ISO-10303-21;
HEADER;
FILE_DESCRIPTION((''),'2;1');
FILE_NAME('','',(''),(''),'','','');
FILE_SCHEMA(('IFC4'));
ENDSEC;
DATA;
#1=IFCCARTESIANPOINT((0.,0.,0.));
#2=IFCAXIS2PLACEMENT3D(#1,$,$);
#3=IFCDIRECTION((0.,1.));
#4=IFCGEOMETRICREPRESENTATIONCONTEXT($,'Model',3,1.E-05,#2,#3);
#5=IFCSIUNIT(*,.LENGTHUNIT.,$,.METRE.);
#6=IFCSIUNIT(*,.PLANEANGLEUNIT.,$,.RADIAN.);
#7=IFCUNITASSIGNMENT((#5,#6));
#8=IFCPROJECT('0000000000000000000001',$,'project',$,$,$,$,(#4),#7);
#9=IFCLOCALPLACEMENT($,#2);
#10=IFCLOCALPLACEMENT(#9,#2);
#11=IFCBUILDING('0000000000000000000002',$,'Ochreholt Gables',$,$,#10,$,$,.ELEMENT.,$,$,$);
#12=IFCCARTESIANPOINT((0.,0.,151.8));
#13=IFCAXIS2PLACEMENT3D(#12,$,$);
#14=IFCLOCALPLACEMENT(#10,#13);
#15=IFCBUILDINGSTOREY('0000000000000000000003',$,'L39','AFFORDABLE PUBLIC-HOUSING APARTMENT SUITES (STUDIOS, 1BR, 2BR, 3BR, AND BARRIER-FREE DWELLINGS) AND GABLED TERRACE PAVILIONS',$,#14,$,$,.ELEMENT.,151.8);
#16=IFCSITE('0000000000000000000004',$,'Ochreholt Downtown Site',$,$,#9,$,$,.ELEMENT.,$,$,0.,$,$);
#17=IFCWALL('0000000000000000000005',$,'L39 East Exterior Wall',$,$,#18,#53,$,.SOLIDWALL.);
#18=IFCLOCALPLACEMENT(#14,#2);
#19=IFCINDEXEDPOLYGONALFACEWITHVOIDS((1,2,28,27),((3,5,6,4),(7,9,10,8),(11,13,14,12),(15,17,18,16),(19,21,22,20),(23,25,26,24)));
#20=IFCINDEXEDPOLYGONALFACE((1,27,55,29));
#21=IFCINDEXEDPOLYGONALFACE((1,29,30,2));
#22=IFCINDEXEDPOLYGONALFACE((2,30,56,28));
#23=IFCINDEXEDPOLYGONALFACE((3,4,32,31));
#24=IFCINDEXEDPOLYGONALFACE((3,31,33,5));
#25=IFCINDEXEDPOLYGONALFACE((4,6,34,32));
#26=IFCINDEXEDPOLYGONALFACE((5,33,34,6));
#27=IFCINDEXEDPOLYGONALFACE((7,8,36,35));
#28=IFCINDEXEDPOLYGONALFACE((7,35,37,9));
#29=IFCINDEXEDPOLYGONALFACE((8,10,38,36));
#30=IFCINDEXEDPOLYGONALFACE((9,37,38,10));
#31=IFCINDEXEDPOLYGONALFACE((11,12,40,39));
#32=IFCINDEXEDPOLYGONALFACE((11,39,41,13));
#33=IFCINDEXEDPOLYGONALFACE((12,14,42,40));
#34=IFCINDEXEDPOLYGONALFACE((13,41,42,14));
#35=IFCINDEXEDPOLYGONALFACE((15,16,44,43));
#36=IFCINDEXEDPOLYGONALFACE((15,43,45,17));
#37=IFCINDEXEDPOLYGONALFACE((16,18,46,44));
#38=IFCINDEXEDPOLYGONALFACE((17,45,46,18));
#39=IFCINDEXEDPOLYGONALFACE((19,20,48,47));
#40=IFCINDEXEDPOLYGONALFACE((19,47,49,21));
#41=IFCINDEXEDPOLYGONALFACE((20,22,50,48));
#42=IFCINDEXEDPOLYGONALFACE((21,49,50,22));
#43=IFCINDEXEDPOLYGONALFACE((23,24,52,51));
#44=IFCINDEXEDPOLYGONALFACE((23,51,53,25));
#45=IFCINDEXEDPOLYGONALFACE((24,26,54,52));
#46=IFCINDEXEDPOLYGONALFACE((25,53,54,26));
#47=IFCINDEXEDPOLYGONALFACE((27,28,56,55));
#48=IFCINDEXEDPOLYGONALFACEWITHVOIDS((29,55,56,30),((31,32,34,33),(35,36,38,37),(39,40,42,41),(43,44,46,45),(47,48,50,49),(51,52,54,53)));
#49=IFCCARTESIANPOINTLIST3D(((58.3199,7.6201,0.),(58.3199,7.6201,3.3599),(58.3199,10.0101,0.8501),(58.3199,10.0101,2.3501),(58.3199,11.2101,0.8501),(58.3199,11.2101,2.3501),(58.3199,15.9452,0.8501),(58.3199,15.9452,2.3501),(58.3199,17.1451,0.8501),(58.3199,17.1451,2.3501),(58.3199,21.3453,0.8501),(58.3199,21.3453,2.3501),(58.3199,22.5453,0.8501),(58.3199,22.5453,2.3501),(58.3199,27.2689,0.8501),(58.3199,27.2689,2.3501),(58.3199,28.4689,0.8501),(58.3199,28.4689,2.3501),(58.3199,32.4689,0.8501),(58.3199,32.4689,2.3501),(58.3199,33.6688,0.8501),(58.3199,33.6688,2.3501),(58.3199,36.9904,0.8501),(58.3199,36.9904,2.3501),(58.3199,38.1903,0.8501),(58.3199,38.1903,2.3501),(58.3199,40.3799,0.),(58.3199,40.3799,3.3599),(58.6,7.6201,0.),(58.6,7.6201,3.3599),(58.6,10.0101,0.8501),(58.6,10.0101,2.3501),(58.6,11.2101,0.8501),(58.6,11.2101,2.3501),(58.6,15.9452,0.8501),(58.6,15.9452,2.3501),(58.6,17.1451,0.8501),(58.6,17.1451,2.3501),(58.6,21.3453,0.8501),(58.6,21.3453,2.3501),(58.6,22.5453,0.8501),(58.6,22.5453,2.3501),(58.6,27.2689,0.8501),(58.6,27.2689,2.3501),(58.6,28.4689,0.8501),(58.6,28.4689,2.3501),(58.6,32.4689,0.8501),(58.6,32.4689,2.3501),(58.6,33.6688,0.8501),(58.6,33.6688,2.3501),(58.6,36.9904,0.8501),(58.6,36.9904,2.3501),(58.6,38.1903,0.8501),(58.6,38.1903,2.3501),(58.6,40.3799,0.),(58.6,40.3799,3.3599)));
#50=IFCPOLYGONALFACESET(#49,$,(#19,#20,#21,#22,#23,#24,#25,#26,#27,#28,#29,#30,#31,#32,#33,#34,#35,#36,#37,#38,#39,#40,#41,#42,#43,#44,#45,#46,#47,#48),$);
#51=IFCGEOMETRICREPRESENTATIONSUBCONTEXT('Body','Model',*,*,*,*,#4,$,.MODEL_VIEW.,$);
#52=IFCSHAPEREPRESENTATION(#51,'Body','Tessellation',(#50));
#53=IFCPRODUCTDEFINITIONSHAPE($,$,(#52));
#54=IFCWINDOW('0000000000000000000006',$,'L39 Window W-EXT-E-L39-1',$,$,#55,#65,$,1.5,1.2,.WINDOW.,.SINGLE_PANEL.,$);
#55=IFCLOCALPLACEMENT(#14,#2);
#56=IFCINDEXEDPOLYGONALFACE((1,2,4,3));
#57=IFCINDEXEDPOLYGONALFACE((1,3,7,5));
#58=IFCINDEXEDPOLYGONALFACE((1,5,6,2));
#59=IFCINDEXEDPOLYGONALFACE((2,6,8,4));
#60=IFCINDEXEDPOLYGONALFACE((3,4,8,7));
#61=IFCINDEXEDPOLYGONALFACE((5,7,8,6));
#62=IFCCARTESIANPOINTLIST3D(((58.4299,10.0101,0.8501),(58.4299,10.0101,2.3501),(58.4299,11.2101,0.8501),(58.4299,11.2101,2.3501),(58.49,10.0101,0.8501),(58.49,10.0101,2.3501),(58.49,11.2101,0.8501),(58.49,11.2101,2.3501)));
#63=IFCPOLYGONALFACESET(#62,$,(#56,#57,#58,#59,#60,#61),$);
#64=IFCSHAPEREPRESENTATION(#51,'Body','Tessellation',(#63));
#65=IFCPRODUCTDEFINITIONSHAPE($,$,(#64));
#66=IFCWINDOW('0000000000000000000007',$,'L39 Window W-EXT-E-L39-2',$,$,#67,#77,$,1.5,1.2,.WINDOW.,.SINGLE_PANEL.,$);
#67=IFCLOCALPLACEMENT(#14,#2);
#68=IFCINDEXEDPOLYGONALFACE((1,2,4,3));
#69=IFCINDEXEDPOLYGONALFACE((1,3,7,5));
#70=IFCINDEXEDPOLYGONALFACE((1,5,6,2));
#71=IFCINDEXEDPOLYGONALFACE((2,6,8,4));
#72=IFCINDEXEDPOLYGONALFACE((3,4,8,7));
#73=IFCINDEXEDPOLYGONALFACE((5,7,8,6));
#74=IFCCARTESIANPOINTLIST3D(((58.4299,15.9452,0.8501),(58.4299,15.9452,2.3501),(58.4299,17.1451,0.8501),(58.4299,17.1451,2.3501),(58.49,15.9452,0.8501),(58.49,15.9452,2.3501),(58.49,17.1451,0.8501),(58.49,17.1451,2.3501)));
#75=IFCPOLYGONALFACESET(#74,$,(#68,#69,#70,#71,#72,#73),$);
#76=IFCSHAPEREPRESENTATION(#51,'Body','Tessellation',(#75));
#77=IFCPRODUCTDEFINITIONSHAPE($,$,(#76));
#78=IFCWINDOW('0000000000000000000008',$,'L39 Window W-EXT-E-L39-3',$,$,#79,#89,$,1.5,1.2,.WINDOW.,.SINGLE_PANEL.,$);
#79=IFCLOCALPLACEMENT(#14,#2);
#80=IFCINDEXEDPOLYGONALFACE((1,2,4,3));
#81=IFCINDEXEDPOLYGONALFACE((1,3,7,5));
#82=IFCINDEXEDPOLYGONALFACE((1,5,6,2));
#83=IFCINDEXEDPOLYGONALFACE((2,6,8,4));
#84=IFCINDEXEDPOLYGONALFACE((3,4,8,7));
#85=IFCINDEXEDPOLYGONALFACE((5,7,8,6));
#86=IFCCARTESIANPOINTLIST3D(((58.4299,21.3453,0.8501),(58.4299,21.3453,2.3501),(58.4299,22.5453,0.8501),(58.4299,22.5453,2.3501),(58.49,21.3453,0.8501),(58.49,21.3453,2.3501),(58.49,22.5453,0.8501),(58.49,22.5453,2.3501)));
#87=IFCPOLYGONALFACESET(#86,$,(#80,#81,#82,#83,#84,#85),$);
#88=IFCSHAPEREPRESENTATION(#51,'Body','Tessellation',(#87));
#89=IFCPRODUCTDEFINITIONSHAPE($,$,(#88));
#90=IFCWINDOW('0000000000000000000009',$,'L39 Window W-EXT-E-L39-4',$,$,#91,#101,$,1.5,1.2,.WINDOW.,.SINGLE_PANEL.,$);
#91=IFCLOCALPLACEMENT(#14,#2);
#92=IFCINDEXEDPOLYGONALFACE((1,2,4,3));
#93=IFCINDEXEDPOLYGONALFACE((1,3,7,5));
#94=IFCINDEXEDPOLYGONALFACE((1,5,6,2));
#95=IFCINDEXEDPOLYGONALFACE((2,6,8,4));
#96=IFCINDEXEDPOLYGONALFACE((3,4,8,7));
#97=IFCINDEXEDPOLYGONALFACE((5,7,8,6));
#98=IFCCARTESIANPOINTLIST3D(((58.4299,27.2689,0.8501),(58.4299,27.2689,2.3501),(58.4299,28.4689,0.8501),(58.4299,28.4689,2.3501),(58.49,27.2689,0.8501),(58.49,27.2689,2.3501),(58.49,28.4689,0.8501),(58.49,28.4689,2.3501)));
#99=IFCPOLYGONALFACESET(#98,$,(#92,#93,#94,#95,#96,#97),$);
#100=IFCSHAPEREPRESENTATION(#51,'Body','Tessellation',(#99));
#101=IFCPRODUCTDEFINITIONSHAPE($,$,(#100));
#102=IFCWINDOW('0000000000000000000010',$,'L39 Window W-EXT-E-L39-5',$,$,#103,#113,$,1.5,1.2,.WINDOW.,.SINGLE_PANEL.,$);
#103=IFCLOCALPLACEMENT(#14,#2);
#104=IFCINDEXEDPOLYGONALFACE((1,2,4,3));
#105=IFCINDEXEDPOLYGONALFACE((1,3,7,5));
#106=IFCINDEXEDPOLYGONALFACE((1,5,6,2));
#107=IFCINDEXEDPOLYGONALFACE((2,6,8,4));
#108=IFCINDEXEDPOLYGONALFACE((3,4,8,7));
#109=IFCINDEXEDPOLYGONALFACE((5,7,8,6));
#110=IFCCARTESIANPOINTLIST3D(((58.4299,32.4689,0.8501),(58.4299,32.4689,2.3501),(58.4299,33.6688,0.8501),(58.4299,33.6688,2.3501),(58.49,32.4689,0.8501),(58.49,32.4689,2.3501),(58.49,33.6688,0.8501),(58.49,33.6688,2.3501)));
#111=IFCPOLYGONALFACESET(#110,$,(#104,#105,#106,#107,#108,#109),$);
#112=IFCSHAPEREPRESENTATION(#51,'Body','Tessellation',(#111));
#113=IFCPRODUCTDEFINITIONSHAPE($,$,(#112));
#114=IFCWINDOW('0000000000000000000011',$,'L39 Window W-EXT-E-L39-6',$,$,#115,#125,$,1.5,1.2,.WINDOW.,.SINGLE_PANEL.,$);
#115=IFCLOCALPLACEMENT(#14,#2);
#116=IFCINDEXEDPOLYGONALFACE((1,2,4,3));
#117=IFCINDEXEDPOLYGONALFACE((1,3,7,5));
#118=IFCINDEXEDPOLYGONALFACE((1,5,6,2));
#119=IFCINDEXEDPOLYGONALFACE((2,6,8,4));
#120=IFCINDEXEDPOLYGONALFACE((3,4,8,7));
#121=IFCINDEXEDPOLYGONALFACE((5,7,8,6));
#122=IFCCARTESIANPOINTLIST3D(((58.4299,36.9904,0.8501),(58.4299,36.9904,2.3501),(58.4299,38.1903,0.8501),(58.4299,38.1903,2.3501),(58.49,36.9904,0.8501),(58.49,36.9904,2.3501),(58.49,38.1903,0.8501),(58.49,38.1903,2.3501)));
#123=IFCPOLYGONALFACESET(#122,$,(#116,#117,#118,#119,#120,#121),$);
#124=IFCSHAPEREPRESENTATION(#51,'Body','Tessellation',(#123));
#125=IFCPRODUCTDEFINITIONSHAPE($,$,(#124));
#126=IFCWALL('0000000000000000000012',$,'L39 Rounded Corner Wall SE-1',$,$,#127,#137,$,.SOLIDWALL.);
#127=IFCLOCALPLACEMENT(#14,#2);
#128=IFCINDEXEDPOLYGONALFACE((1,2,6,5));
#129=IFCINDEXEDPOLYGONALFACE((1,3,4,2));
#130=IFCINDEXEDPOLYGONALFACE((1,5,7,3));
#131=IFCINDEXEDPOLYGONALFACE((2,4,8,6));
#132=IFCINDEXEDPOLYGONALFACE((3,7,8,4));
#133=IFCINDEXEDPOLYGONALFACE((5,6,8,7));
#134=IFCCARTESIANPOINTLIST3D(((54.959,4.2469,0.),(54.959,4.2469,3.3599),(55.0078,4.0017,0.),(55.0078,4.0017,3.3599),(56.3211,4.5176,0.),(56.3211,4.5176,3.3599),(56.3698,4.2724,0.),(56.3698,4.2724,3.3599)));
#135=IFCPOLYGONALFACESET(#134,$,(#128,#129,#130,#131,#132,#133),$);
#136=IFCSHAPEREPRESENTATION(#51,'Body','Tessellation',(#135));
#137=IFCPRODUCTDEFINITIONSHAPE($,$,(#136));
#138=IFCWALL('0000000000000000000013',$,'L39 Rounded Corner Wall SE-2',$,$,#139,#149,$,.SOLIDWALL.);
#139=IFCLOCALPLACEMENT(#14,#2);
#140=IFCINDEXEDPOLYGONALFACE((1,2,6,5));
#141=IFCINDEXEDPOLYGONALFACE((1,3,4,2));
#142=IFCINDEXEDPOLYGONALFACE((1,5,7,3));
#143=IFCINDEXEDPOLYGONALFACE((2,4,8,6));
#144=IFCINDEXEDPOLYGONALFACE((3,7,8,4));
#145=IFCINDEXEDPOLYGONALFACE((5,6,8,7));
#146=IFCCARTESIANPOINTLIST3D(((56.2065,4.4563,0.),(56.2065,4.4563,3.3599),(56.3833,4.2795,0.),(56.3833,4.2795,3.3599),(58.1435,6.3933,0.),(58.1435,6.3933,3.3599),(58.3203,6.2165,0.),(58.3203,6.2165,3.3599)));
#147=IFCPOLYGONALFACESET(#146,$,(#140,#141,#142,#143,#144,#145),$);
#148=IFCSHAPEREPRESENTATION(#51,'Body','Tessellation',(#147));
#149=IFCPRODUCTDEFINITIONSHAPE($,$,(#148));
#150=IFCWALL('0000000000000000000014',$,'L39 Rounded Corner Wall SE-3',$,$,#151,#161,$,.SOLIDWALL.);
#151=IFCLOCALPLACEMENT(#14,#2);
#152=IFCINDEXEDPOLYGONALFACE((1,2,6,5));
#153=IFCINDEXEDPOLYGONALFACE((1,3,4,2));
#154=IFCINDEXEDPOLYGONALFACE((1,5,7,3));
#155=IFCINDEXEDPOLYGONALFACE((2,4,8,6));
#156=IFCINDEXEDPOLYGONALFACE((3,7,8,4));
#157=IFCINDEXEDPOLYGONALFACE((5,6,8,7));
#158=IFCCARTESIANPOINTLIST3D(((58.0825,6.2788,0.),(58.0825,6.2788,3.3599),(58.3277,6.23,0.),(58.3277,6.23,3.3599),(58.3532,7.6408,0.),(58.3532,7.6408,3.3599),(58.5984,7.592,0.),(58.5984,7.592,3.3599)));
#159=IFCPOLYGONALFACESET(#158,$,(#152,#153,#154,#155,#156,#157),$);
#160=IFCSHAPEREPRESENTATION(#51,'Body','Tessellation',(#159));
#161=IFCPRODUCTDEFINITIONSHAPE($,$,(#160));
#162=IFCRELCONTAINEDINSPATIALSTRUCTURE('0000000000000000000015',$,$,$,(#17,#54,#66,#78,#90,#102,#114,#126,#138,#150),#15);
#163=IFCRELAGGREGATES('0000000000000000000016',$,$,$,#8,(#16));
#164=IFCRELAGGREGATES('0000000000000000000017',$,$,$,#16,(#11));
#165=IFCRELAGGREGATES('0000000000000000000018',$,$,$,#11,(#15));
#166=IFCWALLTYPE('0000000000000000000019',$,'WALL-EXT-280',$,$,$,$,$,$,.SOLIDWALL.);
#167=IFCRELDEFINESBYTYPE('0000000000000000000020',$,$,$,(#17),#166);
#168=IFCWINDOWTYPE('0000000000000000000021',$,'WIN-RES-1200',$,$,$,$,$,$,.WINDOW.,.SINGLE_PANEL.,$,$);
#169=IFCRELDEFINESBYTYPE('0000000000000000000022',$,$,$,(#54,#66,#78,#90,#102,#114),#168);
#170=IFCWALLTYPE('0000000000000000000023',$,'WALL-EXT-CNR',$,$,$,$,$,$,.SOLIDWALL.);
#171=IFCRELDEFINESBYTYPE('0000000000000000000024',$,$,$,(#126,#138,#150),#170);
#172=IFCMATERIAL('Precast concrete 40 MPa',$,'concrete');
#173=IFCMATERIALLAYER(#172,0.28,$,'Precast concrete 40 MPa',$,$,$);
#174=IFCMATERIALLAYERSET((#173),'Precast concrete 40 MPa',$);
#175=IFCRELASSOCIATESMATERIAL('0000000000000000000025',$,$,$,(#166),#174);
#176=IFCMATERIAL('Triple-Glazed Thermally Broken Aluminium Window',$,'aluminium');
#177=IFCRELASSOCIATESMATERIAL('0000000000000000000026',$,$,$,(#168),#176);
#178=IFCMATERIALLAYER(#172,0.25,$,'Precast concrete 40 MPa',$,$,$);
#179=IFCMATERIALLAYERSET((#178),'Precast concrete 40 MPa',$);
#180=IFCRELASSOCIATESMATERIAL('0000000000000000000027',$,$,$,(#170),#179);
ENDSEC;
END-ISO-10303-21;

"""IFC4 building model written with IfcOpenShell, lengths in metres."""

from ifc_helpers import new_model, si_unit, direction, frame, frame_2d, origin, place, context, subcontext, project, spatial, rectangle, extrude, material, layer, layer_set, type_object, element, fill, save


model = new_model("IFC4")

# Units and contexts
model_context = context("Model", 3, precision=1e-05, world=origin(), true_north=direction((0.0, 1.0)))
body_context = subcontext(model_context, "Body", "Model", "MODEL_VIEW")
ifc_project = project(units=[si_unit("LENGTHUNIT", "METRE"), si_unit("PLANEANGLEUNIT", "RADIAN")], contexts=[model_context])

# Site, building, storey
site_placement = place(None, origin())
site = spatial("IfcSite", under=ifc_project, at=site_placement, Name="Ochreholt Downtown Site", CompositionType="ELEMENT", RefElevation=0.0)
building_placement = place(site_placement, origin())
building = spatial("IfcBuilding", under=site, at=building_placement, Name="Ochreholt Gables", CompositionType="ELEMENT")
storey_placement = place(building_placement, frame((0.0, 0.0, 151.8)))
storey = spatial("IfcBuildingStorey", under=building, at=storey_placement, Name="L39", Description="AFFORDABLE PUBLIC-HOUSING APARTMENT SUITES (STUDIOS, 1BR, 2BR, 3BR, AND BARRIER-FREE DWELLINGS) AND GABLED TERRACE PAVILIONS", CompositionType="ELEMENT", Elevation=151.8)

# Wall, openings, windows
ifc_material_1 = material(Name="Precast concrete 40 MPa", Category="concrete")
ifc_layer_1 = layer(ifc_material_1, 0.28, Name="Precast concrete 40 MPa")
ifc_layer_set_1 = layer_set([ifc_layer_1], Name="Precast concrete 40 MPa")
wall_type_1 = type_object("IfcWallType", Name="WALL-EXT-280", PredefinedType="SOLIDWALL", material=ifc_layer_set_1)
wall_1_placement = place(storey_placement, frame((58.46, 7.6201, 0.0), z_axis=(0.0, 0.0, 1.0), x_axis=(0.0, 1.0, 0.0)))
wall_1 = element("IfcWall", 1, at=wall_1_placement, inside=storey, type_object=wall_type_1, Name="L39 East Exterior Wall", PredefinedType="SOLIDWALL", context=body_context, shape_type="SweptSolid", body=[
    extrude(rectangle(XDim=32.7598, YDim=0.28, at=frame_2d((16.3799, 0.0))), origin(), (0.0, 0.0, 1.0), 3.3599),
])
opening_1_placement = place(wall_1_placement, frame((2.3899, 0.0, 0.8501)))
opening_1 = element("IfcOpeningElement", 2, at=opening_1_placement, cuts=wall_1, PredefinedType="OPENING", context=body_context, shape_type="SweptSolid", body=[
    extrude(rectangle(XDim=1.2, YDim=1.5, at=frame_2d((0.6001, 0.75))), frame((0.0, 0.1499, 0.0), z_axis=(0.0, -1.0, 0.0), x_axis=(1.0, 0.0, 0.0)), (0.0, 0.0, 1.0), 0.3),
])
opening_2_placement = place(wall_1_placement, frame((8.325, 0.0, 0.8501)))
opening_2 = element("IfcOpeningElement", 3, at=opening_2_placement, cuts=wall_1, PredefinedType="OPENING", context=body_context, shape_type="SweptSolid", body=[
    extrude(rectangle(XDim=1.2, YDim=1.5, at=frame_2d((0.6001, 0.75))), frame((0.0, 0.1499, 0.0), z_axis=(0.0, -1.0, 0.0), x_axis=(1.0, 0.0, 0.0)), (0.0, 0.0, 1.0), 0.3),
])
opening_3_placement = place(wall_1_placement, frame((13.7251, 0.0, 0.8501)))
opening_3 = element("IfcOpeningElement", 4, at=opening_3_placement, cuts=wall_1, PredefinedType="OPENING", context=body_context, shape_type="SweptSolid", body=[
    extrude(rectangle(XDim=1.2, YDim=1.5, at=frame_2d((0.6001, 0.75))), frame((0.0, 0.1499, 0.0), z_axis=(0.0, -1.0, 0.0), x_axis=(1.0, 0.0, 0.0)), (0.0, 0.0, 1.0), 0.3),
])
opening_4_placement = place(wall_1_placement, frame((19.6487, 0.0, 0.8501)))
opening_4 = element("IfcOpeningElement", 5, at=opening_4_placement, cuts=wall_1, PredefinedType="OPENING", context=body_context, shape_type="SweptSolid", body=[
    extrude(rectangle(XDim=1.2, YDim=1.5, at=frame_2d((0.6001, 0.75))), frame((0.0, 0.1499, 0.0), z_axis=(0.0, -1.0, 0.0), x_axis=(1.0, 0.0, 0.0)), (0.0, 0.0, 1.0), 0.3),
])
opening_5_placement = place(wall_1_placement, frame((24.8486, 0.0, 0.8501)))
opening_5 = element("IfcOpeningElement", 6, at=opening_5_placement, cuts=wall_1, PredefinedType="OPENING", context=body_context, shape_type="SweptSolid", body=[
    extrude(rectangle(XDim=1.2, YDim=1.5, at=frame_2d((0.6001, 0.75))), frame((0.0, 0.1499, 0.0), z_axis=(0.0, -1.0, 0.0), x_axis=(1.0, 0.0, 0.0)), (0.0, 0.0, 1.0), 0.3),
])
opening_6_placement = place(wall_1_placement, frame((29.3701, 0.0, 0.8501)))
opening_6 = element("IfcOpeningElement", 7, at=opening_6_placement, cuts=wall_1, PredefinedType="OPENING", context=body_context, shape_type="SweptSolid", body=[
    extrude(rectangle(XDim=1.2, YDim=1.5, at=frame_2d((0.6001, 0.75))), frame((0.0, 0.1499, 0.0), z_axis=(0.0, -1.0, 0.0), x_axis=(1.0, 0.0, 0.0)), (0.0, 0.0, 1.0), 0.3),
])
ifc_material_2 = material(Name="Triple-Glazed Thermally Broken Aluminium Window", Category="aluminium")
window_type = type_object("IfcWindowType", Name="WIN-RES-1200", PartitioningType="SINGLE_PANEL", PredefinedType="WINDOW", material=ifc_material_2)
window_1_placement = place(opening_1_placement, origin())
window_1 = element("IfcWindow", 8, at=window_1_placement, inside=storey, type_object=window_type, Name="L39 Window W-EXT-E-L39-1", OverallHeight=1.5, OverallWidth=1.2, PartitioningType="SINGLE_PANEL", PredefinedType="WINDOW", context=body_context, shape_type="SweptSolid", body=[
    extrude(rectangle(XDim=1.2, YDim=1.5, at=frame_2d((0.6001, 0.75))), frame((0.0, 0.03, 0.0), z_axis=(0.0, -1.0, 0.0), x_axis=(1.0, 0.0, 0.0)), (0.0, 0.0, 1.0), 0.0601),
])
fill(opening_1, window_1)
window_2_placement = place(opening_2_placement, origin())
window_2 = element("IfcWindow", 9, at=window_2_placement, inside=storey, type_object=window_type, Name="L39 Window W-EXT-E-L39-2", OverallHeight=1.5, OverallWidth=1.2, PartitioningType="SINGLE_PANEL", PredefinedType="WINDOW", context=body_context, shape_type="SweptSolid", body=[
    extrude(rectangle(XDim=1.2, YDim=1.5, at=frame_2d((0.6001, 0.75))), frame((0.0, 0.03, 0.0), z_axis=(0.0, -1.0, 0.0), x_axis=(1.0, 0.0, 0.0)), (0.0, 0.0, 1.0), 0.0601),
])
fill(opening_2, window_2)
window_3_placement = place(opening_3_placement, origin())
window_3 = element("IfcWindow", 10, at=window_3_placement, inside=storey, type_object=window_type, Name="L39 Window W-EXT-E-L39-3", OverallHeight=1.5, OverallWidth=1.2, PartitioningType="SINGLE_PANEL", PredefinedType="WINDOW", context=body_context, shape_type="SweptSolid", body=[
    extrude(rectangle(XDim=1.2, YDim=1.5, at=frame_2d((0.6001, 0.75))), frame((0.0, 0.03, 0.0), z_axis=(0.0, -1.0, 0.0), x_axis=(1.0, 0.0, 0.0)), (0.0, 0.0, 1.0), 0.0601),
])
fill(opening_3, window_3)
window_4_placement = place(opening_4_placement, origin())
window_4 = element("IfcWindow", 11, at=window_4_placement, inside=storey, type_object=window_type, Name="L39 Window W-EXT-E-L39-4", OverallHeight=1.5, OverallWidth=1.2, PartitioningType="SINGLE_PANEL", PredefinedType="WINDOW", context=body_context, shape_type="SweptSolid", body=[
    extrude(rectangle(XDim=1.2, YDim=1.5, at=frame_2d((0.6001, 0.75))), frame((0.0, 0.03, 0.0), z_axis=(0.0, -1.0, 0.0), x_axis=(1.0, 0.0, 0.0)), (0.0, 0.0, 1.0), 0.0601),
])
fill(opening_4, window_4)
window_5_placement = place(opening_5_placement, origin())
window_5 = element("IfcWindow", 12, at=window_5_placement, inside=storey, type_object=window_type, Name="L39 Window W-EXT-E-L39-5", OverallHeight=1.5, OverallWidth=1.2, PartitioningType="SINGLE_PANEL", PredefinedType="WINDOW", context=body_context, shape_type="SweptSolid", body=[
    extrude(rectangle(XDim=1.2, YDim=1.5, at=frame_2d((0.6001, 0.75))), frame((0.0, 0.03, 0.0), z_axis=(0.0, -1.0, 0.0), x_axis=(1.0, 0.0, 0.0)), (0.0, 0.0, 1.0), 0.0601),
])
fill(opening_5, window_5)
window_6_placement = place(opening_6_placement, origin())
window_6 = element("IfcWindow", 13, at=window_6_placement, inside=storey, type_object=window_type, Name="L39 Window W-EXT-E-L39-6", OverallHeight=1.5, OverallWidth=1.2, PartitioningType="SINGLE_PANEL", PredefinedType="WINDOW", context=body_context, shape_type="SweptSolid", body=[
    extrude(rectangle(XDim=1.2, YDim=1.5, at=frame_2d((0.6001, 0.75))), frame((0.0, 0.03, 0.0), z_axis=(0.0, -1.0, 0.0), x_axis=(1.0, 0.0, 0.0)), (0.0, 0.0, 1.0), 0.0601),
])
fill(opening_6, window_6)

# Walls
ifc_layer_2 = layer(ifc_material_1, 0.25, Name="Precast concrete 40 MPa")
ifc_layer_set_2 = layer_set([ifc_layer_2], Name="Precast concrete 40 MPa")
wall_type_2 = type_object("IfcWallType", Name="WALL-EXT-CNR", PredefinedType="SOLIDWALL", material=ifc_layer_set_2)
wall_2_placement = place(storey_placement, frame((54.9834, 4.1243, 0.0), z_axis=(0.0, 0.0, 1.0), x_axis=(0.98081, 0.194967, 0.0)))
element("IfcWall", 14, at=wall_2_placement, inside=storey, type_object=wall_type_2, Name="L39 Rounded Corner Wall SE-1", PredefinedType="SOLIDWALL", context=body_context, shape_type="SweptSolid", body=[
    extrude(rectangle(XDim=1.3887, YDim=0.25, at=frame_2d((0.6943, 0.0))), origin(), (0.0, 0.0, 1.0), 3.3599),
])
wall_3_placement = place(storey_placement, frame((56.2949, 4.3679, 0.0), z_axis=(0.0, 0.0, 1.0), x_axis=(0.707107, 0.707107, 0.0)))
element("IfcWall", 15, at=wall_3_placement, inside=storey, type_object=wall_type_2, Name="L39 Rounded Corner Wall SE-2", PredefinedType="SOLIDWALL", context=body_context, shape_type="SweptSolid", body=[
    extrude(rectangle(XDim=2.7393, YDim=0.25, at=frame_2d((1.3696, 0.0))), origin(), (0.0, 0.0, 1.0), 3.3599),
])
wall_4_placement = place(storey_placement, frame((58.2051, 6.2544, 0.0), z_axis=(0.0, 0.0, 1.0), x_axis=(0.194967, 0.98081, 0.0)))
element("IfcWall", 16, at=wall_4_placement, inside=storey, type_object=wall_type_2, Name="L39 Rounded Corner Wall SE-3", PredefinedType="SOLIDWALL", context=body_context, shape_type="SweptSolid", body=[
    extrude(rectangle(XDim=1.3887, YDim=0.25, at=frame_2d((0.6943, 0.0))), origin(), (0.0, 0.0, 1.0), 3.3599),
])

save(model, "model.ifc")
